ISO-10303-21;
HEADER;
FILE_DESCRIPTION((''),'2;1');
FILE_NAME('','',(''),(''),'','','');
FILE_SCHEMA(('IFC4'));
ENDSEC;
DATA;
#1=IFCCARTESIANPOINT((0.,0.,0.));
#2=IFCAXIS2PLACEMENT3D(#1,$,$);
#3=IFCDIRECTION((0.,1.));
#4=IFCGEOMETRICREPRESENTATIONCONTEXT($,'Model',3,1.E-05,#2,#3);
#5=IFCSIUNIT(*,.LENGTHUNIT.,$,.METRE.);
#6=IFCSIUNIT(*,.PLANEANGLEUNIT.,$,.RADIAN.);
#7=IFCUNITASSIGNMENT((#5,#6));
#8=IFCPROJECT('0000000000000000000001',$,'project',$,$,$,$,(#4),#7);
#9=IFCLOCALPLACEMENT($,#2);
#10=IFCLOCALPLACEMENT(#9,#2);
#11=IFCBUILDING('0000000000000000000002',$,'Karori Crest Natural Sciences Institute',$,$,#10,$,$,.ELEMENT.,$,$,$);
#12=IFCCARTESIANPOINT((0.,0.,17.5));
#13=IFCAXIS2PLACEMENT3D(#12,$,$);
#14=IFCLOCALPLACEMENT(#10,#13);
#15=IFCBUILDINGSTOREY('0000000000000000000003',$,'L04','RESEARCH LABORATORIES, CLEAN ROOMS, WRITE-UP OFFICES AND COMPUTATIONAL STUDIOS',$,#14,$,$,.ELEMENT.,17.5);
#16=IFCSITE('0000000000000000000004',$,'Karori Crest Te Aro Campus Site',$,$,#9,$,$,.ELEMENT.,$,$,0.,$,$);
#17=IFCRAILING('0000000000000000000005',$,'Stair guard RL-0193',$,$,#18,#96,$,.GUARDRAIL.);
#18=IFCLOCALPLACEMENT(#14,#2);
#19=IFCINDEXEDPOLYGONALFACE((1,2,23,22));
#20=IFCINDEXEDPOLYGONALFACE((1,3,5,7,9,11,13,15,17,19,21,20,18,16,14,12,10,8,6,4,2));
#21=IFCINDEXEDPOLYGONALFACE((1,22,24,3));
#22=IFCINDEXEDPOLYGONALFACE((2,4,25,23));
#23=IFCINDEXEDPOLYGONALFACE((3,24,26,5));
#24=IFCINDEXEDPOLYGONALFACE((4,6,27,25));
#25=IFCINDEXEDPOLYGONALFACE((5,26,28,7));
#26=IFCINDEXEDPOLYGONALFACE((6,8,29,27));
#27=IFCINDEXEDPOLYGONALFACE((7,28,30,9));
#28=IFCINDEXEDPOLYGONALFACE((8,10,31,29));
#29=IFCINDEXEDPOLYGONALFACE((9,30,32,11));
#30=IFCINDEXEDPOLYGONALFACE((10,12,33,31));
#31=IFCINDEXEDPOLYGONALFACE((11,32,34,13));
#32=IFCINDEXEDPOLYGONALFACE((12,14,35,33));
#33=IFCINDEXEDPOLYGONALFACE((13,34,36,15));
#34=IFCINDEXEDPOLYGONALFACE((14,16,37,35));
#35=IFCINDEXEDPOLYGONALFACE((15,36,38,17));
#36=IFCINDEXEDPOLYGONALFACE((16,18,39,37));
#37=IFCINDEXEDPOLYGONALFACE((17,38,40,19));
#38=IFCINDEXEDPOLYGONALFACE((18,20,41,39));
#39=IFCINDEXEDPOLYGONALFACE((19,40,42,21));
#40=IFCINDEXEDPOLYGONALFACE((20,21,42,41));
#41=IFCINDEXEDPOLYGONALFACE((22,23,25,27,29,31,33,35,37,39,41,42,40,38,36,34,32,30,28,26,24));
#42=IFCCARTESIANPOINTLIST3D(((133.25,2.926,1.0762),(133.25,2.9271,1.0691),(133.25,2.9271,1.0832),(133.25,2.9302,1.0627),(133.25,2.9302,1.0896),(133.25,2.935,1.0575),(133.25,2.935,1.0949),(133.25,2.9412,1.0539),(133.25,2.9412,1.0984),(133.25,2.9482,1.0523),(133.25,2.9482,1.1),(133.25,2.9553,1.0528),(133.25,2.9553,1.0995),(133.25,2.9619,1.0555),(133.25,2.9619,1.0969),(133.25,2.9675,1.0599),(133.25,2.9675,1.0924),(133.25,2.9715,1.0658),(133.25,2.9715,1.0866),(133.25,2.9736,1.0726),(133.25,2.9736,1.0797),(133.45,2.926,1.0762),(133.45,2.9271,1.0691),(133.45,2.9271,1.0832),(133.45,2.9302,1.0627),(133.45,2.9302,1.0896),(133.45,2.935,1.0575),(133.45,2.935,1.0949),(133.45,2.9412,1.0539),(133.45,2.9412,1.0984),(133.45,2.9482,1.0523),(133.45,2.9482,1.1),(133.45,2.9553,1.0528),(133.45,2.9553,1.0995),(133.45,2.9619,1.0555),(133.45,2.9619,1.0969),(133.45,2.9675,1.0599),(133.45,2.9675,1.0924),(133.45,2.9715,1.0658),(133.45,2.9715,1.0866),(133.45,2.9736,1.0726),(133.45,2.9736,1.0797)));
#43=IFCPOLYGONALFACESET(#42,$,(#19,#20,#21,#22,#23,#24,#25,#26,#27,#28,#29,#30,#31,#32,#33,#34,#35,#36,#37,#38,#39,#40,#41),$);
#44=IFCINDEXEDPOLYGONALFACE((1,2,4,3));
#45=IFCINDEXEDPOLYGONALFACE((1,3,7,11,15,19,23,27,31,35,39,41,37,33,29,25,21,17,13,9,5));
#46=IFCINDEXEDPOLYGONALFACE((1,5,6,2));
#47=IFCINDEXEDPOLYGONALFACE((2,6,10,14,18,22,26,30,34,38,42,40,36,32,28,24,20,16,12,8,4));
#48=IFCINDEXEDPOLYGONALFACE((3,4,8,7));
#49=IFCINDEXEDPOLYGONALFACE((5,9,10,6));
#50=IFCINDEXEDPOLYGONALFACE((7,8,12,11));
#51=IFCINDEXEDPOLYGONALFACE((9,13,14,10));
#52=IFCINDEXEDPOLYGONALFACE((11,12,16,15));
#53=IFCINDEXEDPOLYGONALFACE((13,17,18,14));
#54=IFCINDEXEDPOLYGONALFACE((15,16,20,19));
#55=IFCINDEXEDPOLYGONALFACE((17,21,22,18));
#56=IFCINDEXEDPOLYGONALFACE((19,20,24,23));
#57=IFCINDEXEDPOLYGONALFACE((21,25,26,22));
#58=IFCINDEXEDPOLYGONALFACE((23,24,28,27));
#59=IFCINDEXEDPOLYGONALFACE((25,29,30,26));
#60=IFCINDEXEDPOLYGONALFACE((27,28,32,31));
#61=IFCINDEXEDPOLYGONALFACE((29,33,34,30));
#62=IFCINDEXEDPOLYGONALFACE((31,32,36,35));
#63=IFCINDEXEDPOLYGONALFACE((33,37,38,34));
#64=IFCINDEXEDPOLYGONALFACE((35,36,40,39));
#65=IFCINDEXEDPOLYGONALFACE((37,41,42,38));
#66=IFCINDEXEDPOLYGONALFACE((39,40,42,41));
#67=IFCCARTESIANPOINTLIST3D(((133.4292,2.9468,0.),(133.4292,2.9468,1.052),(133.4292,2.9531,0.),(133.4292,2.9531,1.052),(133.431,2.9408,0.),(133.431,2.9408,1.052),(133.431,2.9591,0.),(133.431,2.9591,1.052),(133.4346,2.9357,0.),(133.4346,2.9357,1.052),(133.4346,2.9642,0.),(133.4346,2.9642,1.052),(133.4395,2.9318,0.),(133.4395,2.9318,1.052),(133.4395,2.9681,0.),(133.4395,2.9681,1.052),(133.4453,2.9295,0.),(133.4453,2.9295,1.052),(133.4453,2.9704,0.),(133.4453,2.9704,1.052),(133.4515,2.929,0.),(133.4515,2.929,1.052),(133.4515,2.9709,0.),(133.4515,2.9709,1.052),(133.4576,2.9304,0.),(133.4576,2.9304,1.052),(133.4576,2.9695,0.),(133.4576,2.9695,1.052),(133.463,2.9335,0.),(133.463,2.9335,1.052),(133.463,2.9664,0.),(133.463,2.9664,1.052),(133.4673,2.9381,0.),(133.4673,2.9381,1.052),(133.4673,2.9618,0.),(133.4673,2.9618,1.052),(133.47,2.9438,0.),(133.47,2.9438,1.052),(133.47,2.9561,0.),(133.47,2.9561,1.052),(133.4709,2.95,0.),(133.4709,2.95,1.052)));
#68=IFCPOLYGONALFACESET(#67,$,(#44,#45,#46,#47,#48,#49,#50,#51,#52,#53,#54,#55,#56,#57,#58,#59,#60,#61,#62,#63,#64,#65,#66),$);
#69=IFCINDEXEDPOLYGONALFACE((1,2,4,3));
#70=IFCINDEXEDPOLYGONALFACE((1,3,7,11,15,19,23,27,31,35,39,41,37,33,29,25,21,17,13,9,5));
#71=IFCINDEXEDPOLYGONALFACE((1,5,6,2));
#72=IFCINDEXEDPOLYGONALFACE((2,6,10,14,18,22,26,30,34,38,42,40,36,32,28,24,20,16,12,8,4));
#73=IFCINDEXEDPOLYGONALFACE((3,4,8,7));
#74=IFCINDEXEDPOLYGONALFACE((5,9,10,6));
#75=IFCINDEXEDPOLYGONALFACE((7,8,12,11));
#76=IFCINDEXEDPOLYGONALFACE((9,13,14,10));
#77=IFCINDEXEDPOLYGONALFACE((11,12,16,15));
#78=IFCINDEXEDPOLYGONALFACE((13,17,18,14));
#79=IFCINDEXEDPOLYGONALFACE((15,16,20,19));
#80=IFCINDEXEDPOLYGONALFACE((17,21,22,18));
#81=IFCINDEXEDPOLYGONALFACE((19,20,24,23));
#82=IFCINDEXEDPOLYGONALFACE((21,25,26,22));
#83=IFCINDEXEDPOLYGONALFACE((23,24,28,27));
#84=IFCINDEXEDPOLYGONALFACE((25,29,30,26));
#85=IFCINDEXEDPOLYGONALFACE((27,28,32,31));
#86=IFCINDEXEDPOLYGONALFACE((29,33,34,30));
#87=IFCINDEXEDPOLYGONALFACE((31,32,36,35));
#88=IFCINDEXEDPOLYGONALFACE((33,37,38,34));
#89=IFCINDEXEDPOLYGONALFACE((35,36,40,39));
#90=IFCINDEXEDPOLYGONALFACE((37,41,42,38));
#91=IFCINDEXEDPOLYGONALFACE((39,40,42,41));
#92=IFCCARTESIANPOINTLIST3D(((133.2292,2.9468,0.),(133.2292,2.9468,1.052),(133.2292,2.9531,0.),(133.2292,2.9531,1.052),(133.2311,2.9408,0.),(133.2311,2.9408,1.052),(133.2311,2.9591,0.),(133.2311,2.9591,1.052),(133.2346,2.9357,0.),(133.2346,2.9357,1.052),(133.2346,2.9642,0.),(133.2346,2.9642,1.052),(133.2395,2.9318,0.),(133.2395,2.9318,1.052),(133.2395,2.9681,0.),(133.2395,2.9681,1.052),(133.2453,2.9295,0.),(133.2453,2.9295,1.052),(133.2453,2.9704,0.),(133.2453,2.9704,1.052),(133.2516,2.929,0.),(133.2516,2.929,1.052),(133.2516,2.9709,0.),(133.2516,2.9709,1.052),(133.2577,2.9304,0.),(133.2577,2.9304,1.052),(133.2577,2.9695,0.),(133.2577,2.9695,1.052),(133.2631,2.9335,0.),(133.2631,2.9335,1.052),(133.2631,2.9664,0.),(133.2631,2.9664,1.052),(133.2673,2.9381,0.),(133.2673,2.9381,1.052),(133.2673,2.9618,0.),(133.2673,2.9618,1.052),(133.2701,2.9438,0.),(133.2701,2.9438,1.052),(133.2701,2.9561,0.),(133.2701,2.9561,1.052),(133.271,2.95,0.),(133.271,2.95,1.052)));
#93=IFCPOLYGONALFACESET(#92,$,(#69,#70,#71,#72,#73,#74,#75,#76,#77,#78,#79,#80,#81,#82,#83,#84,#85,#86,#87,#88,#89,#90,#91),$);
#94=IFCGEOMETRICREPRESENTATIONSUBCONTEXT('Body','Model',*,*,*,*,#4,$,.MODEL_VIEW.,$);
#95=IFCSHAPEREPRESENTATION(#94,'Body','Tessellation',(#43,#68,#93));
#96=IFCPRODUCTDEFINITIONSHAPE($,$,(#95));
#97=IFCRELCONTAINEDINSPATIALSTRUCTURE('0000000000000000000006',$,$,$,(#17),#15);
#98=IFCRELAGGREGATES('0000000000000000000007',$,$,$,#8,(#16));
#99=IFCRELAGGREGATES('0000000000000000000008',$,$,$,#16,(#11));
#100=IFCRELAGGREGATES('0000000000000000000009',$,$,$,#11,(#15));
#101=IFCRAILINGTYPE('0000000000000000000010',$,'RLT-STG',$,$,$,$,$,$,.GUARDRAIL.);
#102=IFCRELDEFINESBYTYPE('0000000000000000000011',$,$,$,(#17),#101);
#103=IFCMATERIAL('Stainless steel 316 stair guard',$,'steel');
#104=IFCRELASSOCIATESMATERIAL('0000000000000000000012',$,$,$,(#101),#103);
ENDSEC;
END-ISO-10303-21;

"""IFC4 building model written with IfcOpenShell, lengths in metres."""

from ifc_helpers import new_model, si_unit, direction, frame, origin, origin_2d, place, context, subcontext, project, spatial, circle, extrude, material, type_object, element, save


model = new_model("IFC4")

# Units and contexts
model_context = context("Model", 3, precision=1e-05, world=origin(), true_north=direction((0.0, 1.0)))
body_context = subcontext(model_context, "Body", "Model", "MODEL_VIEW")
ifc_project = project(units=[si_unit("LENGTHUNIT", "METRE"), si_unit("PLANEANGLEUNIT", "RADIAN")], contexts=[model_context])

# Site, building, storey
site_placement = place(None, origin())
site = spatial("IfcSite", under=ifc_project, at=site_placement, Name="Karori Crest Te Aro Campus Site", CompositionType="ELEMENT", RefElevation=0.0)
building_placement = place(site_placement, origin())
building = spatial("IfcBuilding", under=site, at=building_placement, Name="Karori Crest Natural Sciences Institute", CompositionType="ELEMENT")
storey_placement = place(building_placement, frame((0.0, 0.0, 17.5)))
storey = spatial("IfcBuildingStorey", under=building, at=storey_placement, Name="L04", Description="RESEARCH LABORATORIES, CLEAN ROOMS, WRITE-UP OFFICES AND COMPUTATIONAL STUDIOS", CompositionType="ELEMENT", Elevation=17.5)

# Railing
ifc_material_1 = material(Name="Stainless steel 316 stair guard", Category="steel")
railing_type_1 = type_object("IfcRailingType", Name="RLT-STG", PredefinedType="GUARDRAIL", material=ifc_material_1)
railing_1_placement = place(storey_placement, frame((133.45, 2.95, 0.0)))
element("IfcRailing", 1, at=railing_1_placement, inside=storey, type_object=railing_type_1, Name="Stair guard RL-0193", PredefinedType="GUARDRAIL", context=body_context, shape_type="SweptSolid", body=[
    extrude(circle(Radius=0.0239, at=origin_2d()), frame((0.0, 0.0, 1.0762), z_axis=(-1.0, 0.0, 0.0), x_axis=(0.0, -1.0, 0.0)), (0.0, 0.0, 1.0), 0.2),
    extrude(circle(Radius=0.021, at=origin_2d()), origin(), (0.0, 0.0, 1.0), 1.052),
    extrude(circle(Radius=0.021, at=origin_2d()), frame((-0.2, 0.0, 0.0)), (0.0, 0.0, 1.0), 1.052),
])

save(model, "model.ifc")
